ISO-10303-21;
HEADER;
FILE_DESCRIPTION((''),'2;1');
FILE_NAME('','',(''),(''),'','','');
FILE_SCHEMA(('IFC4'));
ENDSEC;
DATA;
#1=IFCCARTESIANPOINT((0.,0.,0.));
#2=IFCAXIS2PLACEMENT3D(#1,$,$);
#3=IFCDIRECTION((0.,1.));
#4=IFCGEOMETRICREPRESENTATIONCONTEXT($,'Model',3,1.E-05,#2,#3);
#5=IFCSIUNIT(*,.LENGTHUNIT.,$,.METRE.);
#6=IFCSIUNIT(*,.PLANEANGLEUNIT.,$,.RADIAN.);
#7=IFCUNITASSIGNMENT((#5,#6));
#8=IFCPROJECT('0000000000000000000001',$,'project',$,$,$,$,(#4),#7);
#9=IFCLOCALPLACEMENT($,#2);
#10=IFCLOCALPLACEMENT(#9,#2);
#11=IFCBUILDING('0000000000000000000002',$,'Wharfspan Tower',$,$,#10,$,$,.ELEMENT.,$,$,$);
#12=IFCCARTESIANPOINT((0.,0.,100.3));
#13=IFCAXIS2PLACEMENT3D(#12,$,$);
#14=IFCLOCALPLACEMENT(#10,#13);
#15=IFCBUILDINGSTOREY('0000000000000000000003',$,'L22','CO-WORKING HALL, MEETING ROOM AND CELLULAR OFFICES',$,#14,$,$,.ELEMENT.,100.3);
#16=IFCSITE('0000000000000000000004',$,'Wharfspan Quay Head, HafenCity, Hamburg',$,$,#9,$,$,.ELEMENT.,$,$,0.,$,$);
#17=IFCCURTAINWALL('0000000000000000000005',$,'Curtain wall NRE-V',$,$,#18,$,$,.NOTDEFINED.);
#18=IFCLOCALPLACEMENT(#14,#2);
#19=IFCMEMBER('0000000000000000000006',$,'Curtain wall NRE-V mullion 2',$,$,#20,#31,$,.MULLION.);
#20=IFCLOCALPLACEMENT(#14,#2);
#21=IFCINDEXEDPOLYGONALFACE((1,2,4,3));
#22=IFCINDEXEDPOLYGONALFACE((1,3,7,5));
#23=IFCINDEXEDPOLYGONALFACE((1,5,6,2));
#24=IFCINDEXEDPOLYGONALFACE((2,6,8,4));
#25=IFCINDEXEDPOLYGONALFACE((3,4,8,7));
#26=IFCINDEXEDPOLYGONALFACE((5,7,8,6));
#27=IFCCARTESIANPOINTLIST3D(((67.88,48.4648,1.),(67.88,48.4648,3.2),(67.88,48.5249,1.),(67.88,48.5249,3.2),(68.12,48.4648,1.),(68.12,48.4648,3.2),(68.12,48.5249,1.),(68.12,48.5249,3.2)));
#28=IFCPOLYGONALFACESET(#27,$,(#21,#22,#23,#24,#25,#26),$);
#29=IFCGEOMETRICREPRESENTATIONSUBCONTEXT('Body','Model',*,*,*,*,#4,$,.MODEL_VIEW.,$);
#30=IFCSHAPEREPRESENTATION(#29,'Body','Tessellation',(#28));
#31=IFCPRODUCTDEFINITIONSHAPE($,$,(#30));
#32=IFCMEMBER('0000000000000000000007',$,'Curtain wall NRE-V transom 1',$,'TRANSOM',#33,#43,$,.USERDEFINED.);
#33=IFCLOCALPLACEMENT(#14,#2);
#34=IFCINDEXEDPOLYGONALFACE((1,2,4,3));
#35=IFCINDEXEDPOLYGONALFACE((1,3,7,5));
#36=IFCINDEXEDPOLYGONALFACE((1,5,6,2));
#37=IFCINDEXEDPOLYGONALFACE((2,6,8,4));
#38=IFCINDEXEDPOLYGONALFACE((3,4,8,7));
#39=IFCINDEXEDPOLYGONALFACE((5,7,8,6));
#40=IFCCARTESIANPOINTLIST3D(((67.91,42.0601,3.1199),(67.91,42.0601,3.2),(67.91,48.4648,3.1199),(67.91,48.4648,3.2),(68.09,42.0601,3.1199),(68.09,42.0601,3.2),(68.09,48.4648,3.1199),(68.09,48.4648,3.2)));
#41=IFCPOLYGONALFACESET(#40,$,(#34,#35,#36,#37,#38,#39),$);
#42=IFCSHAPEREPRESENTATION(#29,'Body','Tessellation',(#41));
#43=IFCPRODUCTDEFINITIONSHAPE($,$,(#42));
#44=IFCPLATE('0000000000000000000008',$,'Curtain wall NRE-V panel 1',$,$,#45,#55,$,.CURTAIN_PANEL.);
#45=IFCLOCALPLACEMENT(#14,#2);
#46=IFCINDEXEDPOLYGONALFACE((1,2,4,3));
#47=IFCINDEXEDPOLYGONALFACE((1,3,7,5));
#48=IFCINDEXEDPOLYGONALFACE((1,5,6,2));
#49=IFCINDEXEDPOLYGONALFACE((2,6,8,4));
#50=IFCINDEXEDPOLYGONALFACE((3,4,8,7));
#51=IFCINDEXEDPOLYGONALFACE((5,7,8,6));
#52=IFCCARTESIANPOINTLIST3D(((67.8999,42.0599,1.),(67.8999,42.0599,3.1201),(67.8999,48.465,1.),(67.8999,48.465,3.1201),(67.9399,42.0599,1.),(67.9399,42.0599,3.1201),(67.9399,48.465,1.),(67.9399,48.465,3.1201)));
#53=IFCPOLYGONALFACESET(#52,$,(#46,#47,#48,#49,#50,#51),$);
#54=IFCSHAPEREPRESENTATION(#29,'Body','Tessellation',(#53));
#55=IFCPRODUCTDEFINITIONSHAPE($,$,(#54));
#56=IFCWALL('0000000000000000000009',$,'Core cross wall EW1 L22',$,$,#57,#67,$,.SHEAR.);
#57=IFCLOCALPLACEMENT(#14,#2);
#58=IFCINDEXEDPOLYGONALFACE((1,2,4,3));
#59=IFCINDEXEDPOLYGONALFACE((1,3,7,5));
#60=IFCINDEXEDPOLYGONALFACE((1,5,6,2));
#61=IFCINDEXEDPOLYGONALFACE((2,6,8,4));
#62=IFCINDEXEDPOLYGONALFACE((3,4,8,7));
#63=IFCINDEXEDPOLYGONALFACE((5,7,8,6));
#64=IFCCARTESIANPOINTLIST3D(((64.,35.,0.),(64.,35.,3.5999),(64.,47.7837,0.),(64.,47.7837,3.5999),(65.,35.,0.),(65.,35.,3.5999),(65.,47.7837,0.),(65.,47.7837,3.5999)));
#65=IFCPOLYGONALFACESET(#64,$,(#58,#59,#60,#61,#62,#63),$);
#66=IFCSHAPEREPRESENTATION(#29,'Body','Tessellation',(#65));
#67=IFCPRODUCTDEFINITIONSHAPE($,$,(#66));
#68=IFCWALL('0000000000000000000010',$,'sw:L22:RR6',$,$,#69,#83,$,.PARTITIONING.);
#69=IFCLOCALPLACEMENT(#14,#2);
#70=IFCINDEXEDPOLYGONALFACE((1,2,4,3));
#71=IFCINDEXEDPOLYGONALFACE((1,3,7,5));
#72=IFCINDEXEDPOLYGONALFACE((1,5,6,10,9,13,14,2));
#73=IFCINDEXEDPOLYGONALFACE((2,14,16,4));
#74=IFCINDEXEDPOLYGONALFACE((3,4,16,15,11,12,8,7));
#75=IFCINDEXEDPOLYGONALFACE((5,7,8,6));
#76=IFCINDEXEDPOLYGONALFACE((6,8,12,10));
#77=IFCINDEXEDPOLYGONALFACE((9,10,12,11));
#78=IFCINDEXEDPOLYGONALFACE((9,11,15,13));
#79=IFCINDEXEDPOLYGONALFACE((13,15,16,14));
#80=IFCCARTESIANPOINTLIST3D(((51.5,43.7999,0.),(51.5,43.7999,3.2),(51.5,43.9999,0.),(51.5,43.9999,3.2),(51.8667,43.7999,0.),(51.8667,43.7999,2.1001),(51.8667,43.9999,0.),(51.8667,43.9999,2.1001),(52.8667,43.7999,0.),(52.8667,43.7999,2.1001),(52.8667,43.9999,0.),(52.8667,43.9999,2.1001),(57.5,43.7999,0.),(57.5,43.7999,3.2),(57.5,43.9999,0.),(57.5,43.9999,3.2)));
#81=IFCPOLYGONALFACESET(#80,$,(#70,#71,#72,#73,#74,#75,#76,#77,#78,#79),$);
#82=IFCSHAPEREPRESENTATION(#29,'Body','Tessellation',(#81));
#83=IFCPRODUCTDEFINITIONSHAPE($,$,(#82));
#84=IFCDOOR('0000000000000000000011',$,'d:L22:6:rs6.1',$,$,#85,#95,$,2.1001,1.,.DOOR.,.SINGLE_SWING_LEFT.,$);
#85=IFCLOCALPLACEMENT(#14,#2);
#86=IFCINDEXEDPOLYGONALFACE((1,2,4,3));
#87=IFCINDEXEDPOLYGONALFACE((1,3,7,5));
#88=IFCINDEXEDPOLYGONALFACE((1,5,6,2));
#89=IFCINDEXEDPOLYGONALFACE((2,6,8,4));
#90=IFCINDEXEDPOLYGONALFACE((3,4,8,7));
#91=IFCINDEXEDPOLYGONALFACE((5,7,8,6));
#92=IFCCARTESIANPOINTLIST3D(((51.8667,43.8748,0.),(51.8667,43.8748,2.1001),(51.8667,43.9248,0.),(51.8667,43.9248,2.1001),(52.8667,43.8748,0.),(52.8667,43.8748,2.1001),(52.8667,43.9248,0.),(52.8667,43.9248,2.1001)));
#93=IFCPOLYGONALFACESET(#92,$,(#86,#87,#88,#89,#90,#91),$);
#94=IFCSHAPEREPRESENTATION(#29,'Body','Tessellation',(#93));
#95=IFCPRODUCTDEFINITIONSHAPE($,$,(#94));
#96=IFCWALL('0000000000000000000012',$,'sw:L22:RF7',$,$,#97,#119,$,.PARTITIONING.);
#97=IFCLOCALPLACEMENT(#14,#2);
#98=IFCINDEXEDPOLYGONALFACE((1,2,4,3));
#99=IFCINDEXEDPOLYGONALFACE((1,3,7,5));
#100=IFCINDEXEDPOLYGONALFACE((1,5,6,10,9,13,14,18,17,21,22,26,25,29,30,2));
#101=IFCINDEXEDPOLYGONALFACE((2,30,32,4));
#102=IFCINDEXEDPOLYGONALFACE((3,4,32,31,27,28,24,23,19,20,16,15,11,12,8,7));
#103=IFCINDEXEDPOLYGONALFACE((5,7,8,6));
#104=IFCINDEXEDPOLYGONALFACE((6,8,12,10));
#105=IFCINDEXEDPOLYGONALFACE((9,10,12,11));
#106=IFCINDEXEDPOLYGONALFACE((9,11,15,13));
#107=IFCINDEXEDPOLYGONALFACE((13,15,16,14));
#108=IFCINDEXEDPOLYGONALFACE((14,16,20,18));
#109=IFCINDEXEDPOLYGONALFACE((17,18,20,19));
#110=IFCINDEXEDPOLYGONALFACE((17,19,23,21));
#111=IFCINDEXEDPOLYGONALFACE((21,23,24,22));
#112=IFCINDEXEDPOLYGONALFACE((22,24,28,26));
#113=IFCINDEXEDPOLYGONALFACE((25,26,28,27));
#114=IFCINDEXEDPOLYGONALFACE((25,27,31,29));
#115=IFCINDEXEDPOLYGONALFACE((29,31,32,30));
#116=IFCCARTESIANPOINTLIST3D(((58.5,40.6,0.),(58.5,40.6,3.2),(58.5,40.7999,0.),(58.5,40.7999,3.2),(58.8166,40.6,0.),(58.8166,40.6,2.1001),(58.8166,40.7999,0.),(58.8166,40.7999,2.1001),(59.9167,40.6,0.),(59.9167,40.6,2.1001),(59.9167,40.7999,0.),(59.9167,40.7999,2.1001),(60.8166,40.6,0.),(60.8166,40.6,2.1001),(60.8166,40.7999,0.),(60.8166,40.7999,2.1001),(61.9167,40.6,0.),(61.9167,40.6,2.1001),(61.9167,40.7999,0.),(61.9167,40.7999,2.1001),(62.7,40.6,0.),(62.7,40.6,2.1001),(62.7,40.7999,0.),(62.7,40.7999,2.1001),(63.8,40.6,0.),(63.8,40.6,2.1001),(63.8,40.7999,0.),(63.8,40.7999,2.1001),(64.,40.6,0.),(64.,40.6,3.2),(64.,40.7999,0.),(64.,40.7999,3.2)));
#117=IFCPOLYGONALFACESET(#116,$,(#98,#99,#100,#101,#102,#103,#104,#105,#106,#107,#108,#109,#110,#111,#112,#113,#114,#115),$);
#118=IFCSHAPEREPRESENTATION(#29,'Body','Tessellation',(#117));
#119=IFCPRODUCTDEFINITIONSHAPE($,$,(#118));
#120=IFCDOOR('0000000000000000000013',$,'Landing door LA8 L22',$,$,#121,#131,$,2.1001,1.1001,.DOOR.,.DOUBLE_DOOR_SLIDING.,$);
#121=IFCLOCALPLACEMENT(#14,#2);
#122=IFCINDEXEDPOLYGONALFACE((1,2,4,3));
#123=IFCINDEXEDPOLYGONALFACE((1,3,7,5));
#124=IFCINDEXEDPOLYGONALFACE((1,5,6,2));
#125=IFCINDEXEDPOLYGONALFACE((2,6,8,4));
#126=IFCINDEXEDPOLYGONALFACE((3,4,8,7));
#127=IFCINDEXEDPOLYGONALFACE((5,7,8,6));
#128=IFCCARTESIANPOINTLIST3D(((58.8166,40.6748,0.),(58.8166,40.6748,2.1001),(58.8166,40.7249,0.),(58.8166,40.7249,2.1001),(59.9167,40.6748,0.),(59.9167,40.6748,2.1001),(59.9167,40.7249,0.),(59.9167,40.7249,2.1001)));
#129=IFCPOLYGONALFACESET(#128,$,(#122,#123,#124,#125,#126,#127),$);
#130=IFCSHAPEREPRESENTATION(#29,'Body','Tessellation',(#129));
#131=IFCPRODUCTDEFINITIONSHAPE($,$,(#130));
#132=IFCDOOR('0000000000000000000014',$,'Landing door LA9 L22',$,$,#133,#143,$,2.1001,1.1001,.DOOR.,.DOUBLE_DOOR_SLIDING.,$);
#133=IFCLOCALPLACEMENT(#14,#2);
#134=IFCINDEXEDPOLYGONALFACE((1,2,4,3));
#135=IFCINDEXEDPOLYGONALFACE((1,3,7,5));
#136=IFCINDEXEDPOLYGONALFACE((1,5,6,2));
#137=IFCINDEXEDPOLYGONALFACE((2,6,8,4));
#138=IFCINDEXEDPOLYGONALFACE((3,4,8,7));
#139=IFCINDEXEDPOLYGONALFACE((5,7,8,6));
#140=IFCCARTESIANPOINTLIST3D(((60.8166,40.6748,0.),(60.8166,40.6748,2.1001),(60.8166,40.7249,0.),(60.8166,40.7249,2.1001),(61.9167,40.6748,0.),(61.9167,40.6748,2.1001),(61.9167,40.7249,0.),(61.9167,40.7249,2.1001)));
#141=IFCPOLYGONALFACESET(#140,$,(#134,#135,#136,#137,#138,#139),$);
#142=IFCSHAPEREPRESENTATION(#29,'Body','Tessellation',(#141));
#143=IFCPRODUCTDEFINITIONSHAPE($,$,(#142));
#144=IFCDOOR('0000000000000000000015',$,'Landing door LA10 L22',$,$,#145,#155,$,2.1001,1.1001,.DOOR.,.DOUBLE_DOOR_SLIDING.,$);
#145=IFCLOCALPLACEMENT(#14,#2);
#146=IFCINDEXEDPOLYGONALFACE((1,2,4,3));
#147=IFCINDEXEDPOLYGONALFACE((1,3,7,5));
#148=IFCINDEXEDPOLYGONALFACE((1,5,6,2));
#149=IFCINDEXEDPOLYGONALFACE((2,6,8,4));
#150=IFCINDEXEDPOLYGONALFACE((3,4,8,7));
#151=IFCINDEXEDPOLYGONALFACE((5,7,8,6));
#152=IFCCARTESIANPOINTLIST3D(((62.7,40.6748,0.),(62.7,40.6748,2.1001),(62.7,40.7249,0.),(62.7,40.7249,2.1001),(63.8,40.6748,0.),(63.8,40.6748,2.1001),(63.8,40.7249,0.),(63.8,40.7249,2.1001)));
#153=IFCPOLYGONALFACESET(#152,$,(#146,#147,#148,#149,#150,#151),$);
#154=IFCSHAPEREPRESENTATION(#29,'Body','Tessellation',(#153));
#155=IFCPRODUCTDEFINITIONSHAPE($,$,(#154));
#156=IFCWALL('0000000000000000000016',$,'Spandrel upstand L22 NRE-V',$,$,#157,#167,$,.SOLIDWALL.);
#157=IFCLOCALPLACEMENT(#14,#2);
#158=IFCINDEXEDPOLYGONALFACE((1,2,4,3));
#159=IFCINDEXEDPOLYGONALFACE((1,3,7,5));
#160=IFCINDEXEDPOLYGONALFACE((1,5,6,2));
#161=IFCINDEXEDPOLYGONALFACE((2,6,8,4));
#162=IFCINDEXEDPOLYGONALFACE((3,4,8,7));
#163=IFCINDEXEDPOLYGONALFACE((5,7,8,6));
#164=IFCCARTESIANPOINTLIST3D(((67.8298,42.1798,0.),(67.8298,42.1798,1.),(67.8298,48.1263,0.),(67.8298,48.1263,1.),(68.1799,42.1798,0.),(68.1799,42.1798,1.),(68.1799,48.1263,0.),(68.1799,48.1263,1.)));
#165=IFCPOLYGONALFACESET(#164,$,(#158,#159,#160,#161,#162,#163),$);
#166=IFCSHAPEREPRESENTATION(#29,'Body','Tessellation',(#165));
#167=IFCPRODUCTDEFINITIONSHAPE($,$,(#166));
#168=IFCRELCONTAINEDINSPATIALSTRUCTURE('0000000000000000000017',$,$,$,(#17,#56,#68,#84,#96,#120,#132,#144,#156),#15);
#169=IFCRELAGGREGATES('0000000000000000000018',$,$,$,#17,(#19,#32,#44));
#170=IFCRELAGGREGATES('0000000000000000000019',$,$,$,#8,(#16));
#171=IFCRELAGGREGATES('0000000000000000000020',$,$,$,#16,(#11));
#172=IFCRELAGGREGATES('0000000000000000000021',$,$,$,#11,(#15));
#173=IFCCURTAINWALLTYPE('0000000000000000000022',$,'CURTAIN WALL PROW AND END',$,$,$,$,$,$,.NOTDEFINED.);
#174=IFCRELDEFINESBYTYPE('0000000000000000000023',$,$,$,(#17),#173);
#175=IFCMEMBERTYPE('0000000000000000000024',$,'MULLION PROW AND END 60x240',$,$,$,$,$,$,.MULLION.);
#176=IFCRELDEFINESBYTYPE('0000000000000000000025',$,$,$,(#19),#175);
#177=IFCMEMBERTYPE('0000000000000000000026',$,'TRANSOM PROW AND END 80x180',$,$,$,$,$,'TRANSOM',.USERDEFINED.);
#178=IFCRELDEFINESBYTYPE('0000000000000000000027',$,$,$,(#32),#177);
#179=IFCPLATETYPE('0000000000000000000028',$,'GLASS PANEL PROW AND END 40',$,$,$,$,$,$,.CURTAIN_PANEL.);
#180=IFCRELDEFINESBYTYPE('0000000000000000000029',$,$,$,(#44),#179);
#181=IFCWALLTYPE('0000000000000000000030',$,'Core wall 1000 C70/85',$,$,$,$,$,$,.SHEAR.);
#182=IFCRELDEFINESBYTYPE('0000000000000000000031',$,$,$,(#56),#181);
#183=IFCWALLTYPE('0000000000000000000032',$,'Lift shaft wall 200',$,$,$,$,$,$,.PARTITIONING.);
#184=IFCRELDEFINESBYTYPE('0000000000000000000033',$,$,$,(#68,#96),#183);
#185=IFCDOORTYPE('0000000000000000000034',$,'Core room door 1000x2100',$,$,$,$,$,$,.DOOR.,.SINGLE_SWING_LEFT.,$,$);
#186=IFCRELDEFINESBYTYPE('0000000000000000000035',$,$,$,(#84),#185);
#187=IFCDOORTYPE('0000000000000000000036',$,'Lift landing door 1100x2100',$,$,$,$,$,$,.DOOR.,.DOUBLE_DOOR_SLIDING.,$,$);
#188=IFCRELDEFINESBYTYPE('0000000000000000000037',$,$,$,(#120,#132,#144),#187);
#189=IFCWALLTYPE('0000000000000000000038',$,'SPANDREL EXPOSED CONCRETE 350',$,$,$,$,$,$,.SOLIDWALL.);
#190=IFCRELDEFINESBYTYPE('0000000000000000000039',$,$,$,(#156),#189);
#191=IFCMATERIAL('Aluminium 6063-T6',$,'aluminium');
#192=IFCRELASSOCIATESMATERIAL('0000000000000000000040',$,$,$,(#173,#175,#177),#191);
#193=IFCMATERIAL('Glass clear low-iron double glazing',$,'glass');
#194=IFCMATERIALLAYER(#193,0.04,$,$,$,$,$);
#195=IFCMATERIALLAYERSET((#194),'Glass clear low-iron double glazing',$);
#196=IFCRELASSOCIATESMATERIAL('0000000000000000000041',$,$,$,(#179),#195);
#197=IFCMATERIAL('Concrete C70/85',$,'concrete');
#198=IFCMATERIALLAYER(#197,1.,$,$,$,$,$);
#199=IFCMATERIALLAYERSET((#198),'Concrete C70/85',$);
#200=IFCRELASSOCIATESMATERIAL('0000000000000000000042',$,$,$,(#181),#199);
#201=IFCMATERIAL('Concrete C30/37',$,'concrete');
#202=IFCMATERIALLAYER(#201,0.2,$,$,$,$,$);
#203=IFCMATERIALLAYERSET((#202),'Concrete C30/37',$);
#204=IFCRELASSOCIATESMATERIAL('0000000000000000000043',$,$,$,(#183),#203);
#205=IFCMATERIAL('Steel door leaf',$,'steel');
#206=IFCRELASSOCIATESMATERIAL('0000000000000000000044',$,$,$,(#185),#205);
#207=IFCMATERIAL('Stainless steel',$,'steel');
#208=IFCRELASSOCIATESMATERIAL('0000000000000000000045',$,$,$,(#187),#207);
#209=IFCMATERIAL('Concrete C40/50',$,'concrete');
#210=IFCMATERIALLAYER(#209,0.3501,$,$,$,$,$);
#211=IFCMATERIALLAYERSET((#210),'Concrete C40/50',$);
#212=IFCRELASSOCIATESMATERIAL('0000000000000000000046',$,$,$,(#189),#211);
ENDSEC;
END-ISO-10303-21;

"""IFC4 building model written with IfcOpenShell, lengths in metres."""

from ifc_helpers import new_model, si_unit, direction, frame, frame_2d, origin, origin_2d, place, context, subcontext, project, spatial, rectangle, extrude, material, layer, layer_set, material_profile, profile_set, type_object, element, fill, aggregate, save


model = new_model("IFC4")

# Units and contexts
model_context = context("Model", 3, precision=1e-05, world=origin(), true_north=direction((0.0, 1.0)))
body_context = subcontext(model_context, "Body", "Model", "MODEL_VIEW")
ifc_project = project(units=[si_unit("LENGTHUNIT", "METRE"), si_unit("PLANEANGLEUNIT", "RADIAN")], contexts=[model_context])

# Site, building, storey
site_placement = place(None, origin())
site = spatial("IfcSite", under=ifc_project, at=site_placement, Name="Wharfspan Quay Head, HafenCity, Hamburg", CompositionType="ELEMENT", RefElevation=0.0)
building_placement = place(site_placement, origin())
building = spatial("IfcBuilding", under=site, at=building_placement, Name="Wharfspan Tower", CompositionType="ELEMENT")
storey_placement = place(building_placement, frame((0.0, 0.0, 100.3)))
storey = spatial("IfcBuildingStorey", under=building, at=storey_placement, Name="L22", Description="CO-WORKING HALL, MEETING ROOM AND CELLULAR OFFICES", CompositionType="ELEMENT", Elevation=100.3)

# Shared definitions
ifc_material_1 = material(Name="Concrete C70/85", Category="concrete")

# Shared definitions
ifc_material_2 = material(Name="Aluminium 6063-T6", Category="aluminium")
curtain_wall_type = type_object("IfcCurtainWallType", Name="CURTAIN WALL PROW AND END", PredefinedType="NOTDEFINED", material=ifc_material_2)
ifc_material_profile_1 = material_profile(ifc_material_2, rectangle(XDim=0.24, YDim=0.0601, at=origin_2d()))
ifc_profile_set_1 = profile_set([ifc_material_profile_1], Name="Aluminium 6063-T6")
member_type_1 = type_object("IfcMemberType", Name="MULLION PROW AND END 60x240", PredefinedType="MULLION", material=ifc_profile_set_1)

# Curtain wall, members, plate
curtain_wall_1_placement = place(storey_placement, origin())
curtain_wall_1 = element("IfcCurtainWall", 1, at=curtain_wall_1_placement, inside=storey, type_object=curtain_wall_type, Name="Curtain wall NRE-V", PredefinedType="NOTDEFINED")
member_1_placement = place(storey_placement, frame((68.0, 48.4949, 1.0), z_axis=(0.0, 0.0, 1.0), x_axis=(-1.0, 0.0, 0.0)))
member_1 = element("IfcMember", 2, at=member_1_placement, type_object=member_type_1, Name="Curtain wall NRE-V mullion 2", PredefinedType="MULLION", context=body_context, shape_type="SweptSolid", body=[
    extrude(rectangle(XDim=0.24, YDim=0.0601, at=origin_2d()), origin(), (0.0, 0.0, 1.0), 2.2),
])
ifc_material_profile_2 = material_profile(ifc_material_2, rectangle(XDim=0.1799, YDim=0.0801, at=origin_2d()))
ifc_profile_set_2 = profile_set([ifc_material_profile_2], Name="Aluminium 6063-T6")
member_type_2 = type_object("IfcMemberType", Name="TRANSOM PROW AND END 80x180", ElementType="TRANSOM", PredefinedType="USERDEFINED", material=ifc_profile_set_2)
member_2_placement = place(storey_placement, frame((68.0, 42.0601, 3.1599), z_axis=(0.0, 1.0, 0.0), x_axis=(-1.0, 0.0, 0.0)))
member_2 = element("IfcMember", 3, at=member_2_placement, type_object=member_type_2, Name="Curtain wall NRE-V transom 1", ObjectType="TRANSOM", PredefinedType="USERDEFINED", context=body_context, shape_type="SweptSolid", body=[
    extrude(rectangle(XDim=0.1799, YDim=0.0801, at=origin_2d()), origin(), (0.0, 0.0, 1.0), 6.4048),
])
ifc_material_3 = material(Name="Glass clear low-iron double glazing", Category="glass")
ifc_layer_1 = layer(ifc_material_3, 0.04)
ifc_layer_set_1 = layer_set([ifc_layer_1], Name="Glass clear low-iron double glazing")
plate_type = type_object("IfcPlateType", Name="GLASS PANEL PROW AND END 40", PredefinedType="CURTAIN_PANEL", material=ifc_layer_set_1)
plate_placement = place(storey_placement, frame((67.9199, 45.2625, 1.0), z_axis=(0.0, 0.0, 1.0), x_axis=(0.0, 1.0, 0.0)))
plate = element("IfcPlate", 4, at=plate_placement, type_object=plate_type, Name="Curtain wall NRE-V panel 1", PredefinedType="CURTAIN_PANEL", context=body_context, shape_type="SweptSolid", body=[
    extrude(rectangle(XDim=6.405, YDim=0.04, at=origin_2d()), origin(), (0.0, 0.0, 1.0), 2.1201),
])
aggregate(curtain_wall_1, [member_1, member_2, plate])

# Wall
ifc_layer_2 = layer(ifc_material_1, 1.0)
ifc_layer_set_2 = layer_set([ifc_layer_2], Name="Concrete C70/85")
wall_type_1 = type_object("IfcWallType", Name="Core wall 1000 C70/85", PredefinedType="SHEAR", material=ifc_layer_set_2)
wall_1_placement = place(storey_placement, frame((64.5, 35.0, 0.0), z_axis=(0.0, 0.0, 1.0), x_axis=(0.0, 1.0, 0.0)))
element("IfcWall", 5, at=wall_1_placement, inside=storey, type_object=wall_type_1, Name="Core cross wall EW1 L22", PredefinedType="SHEAR", context=body_context, shape_type="SweptSolid", body=[
    extrude(rectangle(XDim=12.7837, YDim=1.0, at=frame_2d((6.3918, 0.0))), origin(), (0.0, 0.0, 1.0), 3.5999),
])

# Wall, opening, door
ifc_material_4 = material(Name="Concrete C30/37", Category="concrete")
ifc_layer_3 = layer(ifc_material_4, 0.2)
ifc_layer_set_3 = layer_set([ifc_layer_3], Name="Concrete C30/37")
wall_type_2 = type_object("IfcWallType", Name="Lift shaft wall 200", PredefinedType="PARTITIONING", material=ifc_layer_set_3)
wall_2_placement = place(storey_placement, frame((51.5, 43.8999, 0.0), z_axis=(0.0, 0.0, 1.0), x_axis=(1.0, 0.0, 0.0)))
wall_2 = element("IfcWall", 6, at=wall_2_placement, inside=storey, type_object=wall_type_2, Name="sw:L22:RR6", PredefinedType="PARTITIONING", context=body_context, shape_type="SweptSolid", body=[
    extrude(rectangle(XDim=6.0, YDim=0.2, at=frame_2d((3.0, 0.0))), origin(), (0.0, 0.0, 1.0), 3.2),
])
opening_1_placement = place(wall_2_placement, frame((0.3667, 0.0, 0.0)))
opening_1 = element("IfcOpeningElement", 7, at=opening_1_placement, cuts=wall_2, PredefinedType="OPENING", context=body_context, shape_type="SweptSolid", body=[
    extrude(rectangle(XDim=1.0, YDim=2.1001, at=frame_2d((0.5, 1.05))), frame((0.0, 0.1099, 0.0), z_axis=(0.0, -1.0, 0.0), x_axis=(1.0, 0.0, 0.0)), (0.0, 0.0, 1.0), 0.22),
])
ifc_material_5 = material(Name="Steel door leaf", Category="steel")
door_type_1 = type_object("IfcDoorType", Name="Core room door 1000x2100", OperationType="SINGLE_SWING_LEFT", PredefinedType="DOOR", material=ifc_material_5)
door_1_placement = place(opening_1_placement, origin())
door_1 = element("IfcDoor", 8, at=door_1_placement, inside=storey, type_object=door_type_1, Name="d:L22:6:rs6.1", OperationType="SINGLE_SWING_LEFT", OverallHeight=2.1001, OverallWidth=1.0, PredefinedType="DOOR", context=body_context, shape_type="SweptSolid", body=[
    extrude(rectangle(XDim=1.0, YDim=2.1001, at=frame_2d((0.5, 1.05))), frame((0.0, 0.0249, 0.0), z_axis=(0.0, -1.0, 0.0), x_axis=(1.0, 0.0, 0.0)), (0.0, 0.0, 1.0), 0.05),
])
fill(opening_1, door_1)

# Wall, openings, doors
wall_3_placement = place(storey_placement, frame((58.5, 40.7, 0.0), z_axis=(0.0, 0.0, 1.0), x_axis=(1.0, 0.0, 0.0)))
wall_3 = element("IfcWall", 9, at=wall_3_placement, inside=storey, type_object=wall_type_2, Name="sw:L22:RF7", PredefinedType="PARTITIONING", context=body_context, shape_type="SweptSolid", body=[
    extrude(rectangle(XDim=5.5, YDim=0.2, at=frame_2d((2.75, 0.0))), origin(), (0.0, 0.0, 1.0), 3.2),
])
opening_2_placement = place(wall_3_placement, frame((0.3166, 0.0, 0.0)))
opening_2 = element("IfcOpeningElement", 10, at=opening_2_placement, cuts=wall_3, PredefinedType="OPENING", context=body_context, shape_type="SweptSolid", body=[
    extrude(rectangle(XDim=1.1001, YDim=2.1001, at=frame_2d((0.55, 1.05))), frame((0.0, 0.1099, 0.0), z_axis=(0.0, -1.0, 0.0), x_axis=(1.0, 0.0, 0.0)), (0.0, 0.0, 1.0), 0.22),
])
opening_3_placement = place(wall_3_placement, frame((2.3167, 0.0, 0.0)))
opening_3 = element("IfcOpeningElement", 11, at=opening_3_placement, cuts=wall_3, PredefinedType="OPENING", context=body_context, shape_type="SweptSolid", body=[
    extrude(rectangle(XDim=1.1001, YDim=2.1001, at=frame_2d((0.55, 1.05))), frame((0.0, 0.1099, 0.0), z_axis=(0.0, -1.0, 0.0), x_axis=(1.0, 0.0, 0.0)), (0.0, 0.0, 1.0), 0.22),
])
opening_4_placement = place(wall_3_placement, frame((4.2, 0.0, 0.0)))
opening_4 = element("IfcOpeningElement", 12, at=opening_4_placement, cuts=wall_3, PredefinedType="OPENING", context=body_context, shape_type="SweptSolid", body=[
    extrude(rectangle(XDim=1.1001, YDim=2.1001, at=frame_2d((0.55, 1.05))), frame((0.0, 0.1099, 0.0), z_axis=(0.0, -1.0, 0.0), x_axis=(1.0, 0.0, 0.0)), (0.0, 0.0, 1.0), 0.22),
])
ifc_material_6 = material(Name="Stainless steel", Category="steel")
door_type_2 = type_object("IfcDoorType", Name="Lift landing door 1100x2100", OperationType="DOUBLE_DOOR_SLIDING", PredefinedType="DOOR", material=ifc_material_6)
door_2_placement = place(opening_2_placement, origin())
door_2 = element("IfcDoor", 13, at=door_2_placement, inside=storey, type_object=door_type_2, Name="Landing door LA8 L22", OperationType="DOUBLE_DOOR_SLIDING", OverallHeight=2.1001, OverallWidth=1.1001, PredefinedType="DOOR", context=body_context, shape_type="SweptSolid", body=[
    extrude(rectangle(XDim=1.1001, YDim=2.1001, at=frame_2d((0.55, 1.05))), frame((0.0, 0.0249, 0.0), z_axis=(0.0, -1.0, 0.0), x_axis=(1.0, 0.0, 0.0)), (0.0, 0.0, 1.0), 0.05),
])
fill(opening_2, door_2)
door_3_placement = place(opening_3_placement, origin())
door_3 = element("IfcDoor", 14, at=door_3_placement, inside=storey, type_object=door_type_2, Name="Landing door LA9 L22", OperationType="DOUBLE_DOOR_SLIDING", OverallHeight=2.1001, OverallWidth=1.1001, PredefinedType="DOOR", context=body_context, shape_type="SweptSolid", body=[
    extrude(rectangle(XDim=1.1001, YDim=2.1001, at=frame_2d((0.55, 1.05))), frame((0.0, 0.0249, 0.0), z_axis=(0.0, -1.0, 0.0), x_axis=(1.0, 0.0, 0.0)), (0.0, 0.0, 1.0), 0.05),
])
fill(opening_3, door_3)
door_4_placement = place(opening_4_placement, origin())
door_4 = element("IfcDoor", 15, at=door_4_placement, inside=storey, type_object=door_type_2, Name="Landing door LA10 L22", OperationType="DOUBLE_DOOR_SLIDING", OverallHeight=2.1001, OverallWidth=1.1001, PredefinedType="DOOR", context=body_context, shape_type="SweptSolid", body=[
    extrude(rectangle(XDim=1.1001, YDim=2.1001, at=frame_2d((0.55, 1.05))), frame((0.0, 0.0249, 0.0), z_axis=(0.0, -1.0, 0.0), x_axis=(1.0, 0.0, 0.0)), (0.0, 0.0, 1.0), 0.05),
])
fill(opening_4, door_4)

# Wall
ifc_material_7 = material(Name="Concrete C40/50", Category="concrete")
ifc_layer_4 = layer(ifc_material_7, 0.3501)
ifc_layer_set_4 = layer_set([ifc_layer_4], Name="Concrete C40/50")
wall_type_3 = type_object("IfcWallType", Name="SPANDREL EXPOSED CONCRETE 350", PredefinedType="SOLIDWALL", material=ifc_layer_set_4)
wall_4_placement = place(storey_placement, frame((68.0049, 42.1799, 0.0), z_axis=(0.0, 0.0, 1.0), x_axis=(0.0, 1.0, 0.0)))
element("IfcWall", 16, at=wall_4_placement, inside=storey, type_object=wall_type_3, Name="Spandrel upstand L22 NRE-V", PredefinedType="SOLIDWALL", context=body_context, shape_type="SweptSolid", body=[
    extrude(rectangle(XDim=5.9465, YDim=0.3501, at=frame_2d((2.9731, 0.0))), origin(), (0.0, 0.0, 1.0), 1.0),
])

save(model, "model.ifc")
